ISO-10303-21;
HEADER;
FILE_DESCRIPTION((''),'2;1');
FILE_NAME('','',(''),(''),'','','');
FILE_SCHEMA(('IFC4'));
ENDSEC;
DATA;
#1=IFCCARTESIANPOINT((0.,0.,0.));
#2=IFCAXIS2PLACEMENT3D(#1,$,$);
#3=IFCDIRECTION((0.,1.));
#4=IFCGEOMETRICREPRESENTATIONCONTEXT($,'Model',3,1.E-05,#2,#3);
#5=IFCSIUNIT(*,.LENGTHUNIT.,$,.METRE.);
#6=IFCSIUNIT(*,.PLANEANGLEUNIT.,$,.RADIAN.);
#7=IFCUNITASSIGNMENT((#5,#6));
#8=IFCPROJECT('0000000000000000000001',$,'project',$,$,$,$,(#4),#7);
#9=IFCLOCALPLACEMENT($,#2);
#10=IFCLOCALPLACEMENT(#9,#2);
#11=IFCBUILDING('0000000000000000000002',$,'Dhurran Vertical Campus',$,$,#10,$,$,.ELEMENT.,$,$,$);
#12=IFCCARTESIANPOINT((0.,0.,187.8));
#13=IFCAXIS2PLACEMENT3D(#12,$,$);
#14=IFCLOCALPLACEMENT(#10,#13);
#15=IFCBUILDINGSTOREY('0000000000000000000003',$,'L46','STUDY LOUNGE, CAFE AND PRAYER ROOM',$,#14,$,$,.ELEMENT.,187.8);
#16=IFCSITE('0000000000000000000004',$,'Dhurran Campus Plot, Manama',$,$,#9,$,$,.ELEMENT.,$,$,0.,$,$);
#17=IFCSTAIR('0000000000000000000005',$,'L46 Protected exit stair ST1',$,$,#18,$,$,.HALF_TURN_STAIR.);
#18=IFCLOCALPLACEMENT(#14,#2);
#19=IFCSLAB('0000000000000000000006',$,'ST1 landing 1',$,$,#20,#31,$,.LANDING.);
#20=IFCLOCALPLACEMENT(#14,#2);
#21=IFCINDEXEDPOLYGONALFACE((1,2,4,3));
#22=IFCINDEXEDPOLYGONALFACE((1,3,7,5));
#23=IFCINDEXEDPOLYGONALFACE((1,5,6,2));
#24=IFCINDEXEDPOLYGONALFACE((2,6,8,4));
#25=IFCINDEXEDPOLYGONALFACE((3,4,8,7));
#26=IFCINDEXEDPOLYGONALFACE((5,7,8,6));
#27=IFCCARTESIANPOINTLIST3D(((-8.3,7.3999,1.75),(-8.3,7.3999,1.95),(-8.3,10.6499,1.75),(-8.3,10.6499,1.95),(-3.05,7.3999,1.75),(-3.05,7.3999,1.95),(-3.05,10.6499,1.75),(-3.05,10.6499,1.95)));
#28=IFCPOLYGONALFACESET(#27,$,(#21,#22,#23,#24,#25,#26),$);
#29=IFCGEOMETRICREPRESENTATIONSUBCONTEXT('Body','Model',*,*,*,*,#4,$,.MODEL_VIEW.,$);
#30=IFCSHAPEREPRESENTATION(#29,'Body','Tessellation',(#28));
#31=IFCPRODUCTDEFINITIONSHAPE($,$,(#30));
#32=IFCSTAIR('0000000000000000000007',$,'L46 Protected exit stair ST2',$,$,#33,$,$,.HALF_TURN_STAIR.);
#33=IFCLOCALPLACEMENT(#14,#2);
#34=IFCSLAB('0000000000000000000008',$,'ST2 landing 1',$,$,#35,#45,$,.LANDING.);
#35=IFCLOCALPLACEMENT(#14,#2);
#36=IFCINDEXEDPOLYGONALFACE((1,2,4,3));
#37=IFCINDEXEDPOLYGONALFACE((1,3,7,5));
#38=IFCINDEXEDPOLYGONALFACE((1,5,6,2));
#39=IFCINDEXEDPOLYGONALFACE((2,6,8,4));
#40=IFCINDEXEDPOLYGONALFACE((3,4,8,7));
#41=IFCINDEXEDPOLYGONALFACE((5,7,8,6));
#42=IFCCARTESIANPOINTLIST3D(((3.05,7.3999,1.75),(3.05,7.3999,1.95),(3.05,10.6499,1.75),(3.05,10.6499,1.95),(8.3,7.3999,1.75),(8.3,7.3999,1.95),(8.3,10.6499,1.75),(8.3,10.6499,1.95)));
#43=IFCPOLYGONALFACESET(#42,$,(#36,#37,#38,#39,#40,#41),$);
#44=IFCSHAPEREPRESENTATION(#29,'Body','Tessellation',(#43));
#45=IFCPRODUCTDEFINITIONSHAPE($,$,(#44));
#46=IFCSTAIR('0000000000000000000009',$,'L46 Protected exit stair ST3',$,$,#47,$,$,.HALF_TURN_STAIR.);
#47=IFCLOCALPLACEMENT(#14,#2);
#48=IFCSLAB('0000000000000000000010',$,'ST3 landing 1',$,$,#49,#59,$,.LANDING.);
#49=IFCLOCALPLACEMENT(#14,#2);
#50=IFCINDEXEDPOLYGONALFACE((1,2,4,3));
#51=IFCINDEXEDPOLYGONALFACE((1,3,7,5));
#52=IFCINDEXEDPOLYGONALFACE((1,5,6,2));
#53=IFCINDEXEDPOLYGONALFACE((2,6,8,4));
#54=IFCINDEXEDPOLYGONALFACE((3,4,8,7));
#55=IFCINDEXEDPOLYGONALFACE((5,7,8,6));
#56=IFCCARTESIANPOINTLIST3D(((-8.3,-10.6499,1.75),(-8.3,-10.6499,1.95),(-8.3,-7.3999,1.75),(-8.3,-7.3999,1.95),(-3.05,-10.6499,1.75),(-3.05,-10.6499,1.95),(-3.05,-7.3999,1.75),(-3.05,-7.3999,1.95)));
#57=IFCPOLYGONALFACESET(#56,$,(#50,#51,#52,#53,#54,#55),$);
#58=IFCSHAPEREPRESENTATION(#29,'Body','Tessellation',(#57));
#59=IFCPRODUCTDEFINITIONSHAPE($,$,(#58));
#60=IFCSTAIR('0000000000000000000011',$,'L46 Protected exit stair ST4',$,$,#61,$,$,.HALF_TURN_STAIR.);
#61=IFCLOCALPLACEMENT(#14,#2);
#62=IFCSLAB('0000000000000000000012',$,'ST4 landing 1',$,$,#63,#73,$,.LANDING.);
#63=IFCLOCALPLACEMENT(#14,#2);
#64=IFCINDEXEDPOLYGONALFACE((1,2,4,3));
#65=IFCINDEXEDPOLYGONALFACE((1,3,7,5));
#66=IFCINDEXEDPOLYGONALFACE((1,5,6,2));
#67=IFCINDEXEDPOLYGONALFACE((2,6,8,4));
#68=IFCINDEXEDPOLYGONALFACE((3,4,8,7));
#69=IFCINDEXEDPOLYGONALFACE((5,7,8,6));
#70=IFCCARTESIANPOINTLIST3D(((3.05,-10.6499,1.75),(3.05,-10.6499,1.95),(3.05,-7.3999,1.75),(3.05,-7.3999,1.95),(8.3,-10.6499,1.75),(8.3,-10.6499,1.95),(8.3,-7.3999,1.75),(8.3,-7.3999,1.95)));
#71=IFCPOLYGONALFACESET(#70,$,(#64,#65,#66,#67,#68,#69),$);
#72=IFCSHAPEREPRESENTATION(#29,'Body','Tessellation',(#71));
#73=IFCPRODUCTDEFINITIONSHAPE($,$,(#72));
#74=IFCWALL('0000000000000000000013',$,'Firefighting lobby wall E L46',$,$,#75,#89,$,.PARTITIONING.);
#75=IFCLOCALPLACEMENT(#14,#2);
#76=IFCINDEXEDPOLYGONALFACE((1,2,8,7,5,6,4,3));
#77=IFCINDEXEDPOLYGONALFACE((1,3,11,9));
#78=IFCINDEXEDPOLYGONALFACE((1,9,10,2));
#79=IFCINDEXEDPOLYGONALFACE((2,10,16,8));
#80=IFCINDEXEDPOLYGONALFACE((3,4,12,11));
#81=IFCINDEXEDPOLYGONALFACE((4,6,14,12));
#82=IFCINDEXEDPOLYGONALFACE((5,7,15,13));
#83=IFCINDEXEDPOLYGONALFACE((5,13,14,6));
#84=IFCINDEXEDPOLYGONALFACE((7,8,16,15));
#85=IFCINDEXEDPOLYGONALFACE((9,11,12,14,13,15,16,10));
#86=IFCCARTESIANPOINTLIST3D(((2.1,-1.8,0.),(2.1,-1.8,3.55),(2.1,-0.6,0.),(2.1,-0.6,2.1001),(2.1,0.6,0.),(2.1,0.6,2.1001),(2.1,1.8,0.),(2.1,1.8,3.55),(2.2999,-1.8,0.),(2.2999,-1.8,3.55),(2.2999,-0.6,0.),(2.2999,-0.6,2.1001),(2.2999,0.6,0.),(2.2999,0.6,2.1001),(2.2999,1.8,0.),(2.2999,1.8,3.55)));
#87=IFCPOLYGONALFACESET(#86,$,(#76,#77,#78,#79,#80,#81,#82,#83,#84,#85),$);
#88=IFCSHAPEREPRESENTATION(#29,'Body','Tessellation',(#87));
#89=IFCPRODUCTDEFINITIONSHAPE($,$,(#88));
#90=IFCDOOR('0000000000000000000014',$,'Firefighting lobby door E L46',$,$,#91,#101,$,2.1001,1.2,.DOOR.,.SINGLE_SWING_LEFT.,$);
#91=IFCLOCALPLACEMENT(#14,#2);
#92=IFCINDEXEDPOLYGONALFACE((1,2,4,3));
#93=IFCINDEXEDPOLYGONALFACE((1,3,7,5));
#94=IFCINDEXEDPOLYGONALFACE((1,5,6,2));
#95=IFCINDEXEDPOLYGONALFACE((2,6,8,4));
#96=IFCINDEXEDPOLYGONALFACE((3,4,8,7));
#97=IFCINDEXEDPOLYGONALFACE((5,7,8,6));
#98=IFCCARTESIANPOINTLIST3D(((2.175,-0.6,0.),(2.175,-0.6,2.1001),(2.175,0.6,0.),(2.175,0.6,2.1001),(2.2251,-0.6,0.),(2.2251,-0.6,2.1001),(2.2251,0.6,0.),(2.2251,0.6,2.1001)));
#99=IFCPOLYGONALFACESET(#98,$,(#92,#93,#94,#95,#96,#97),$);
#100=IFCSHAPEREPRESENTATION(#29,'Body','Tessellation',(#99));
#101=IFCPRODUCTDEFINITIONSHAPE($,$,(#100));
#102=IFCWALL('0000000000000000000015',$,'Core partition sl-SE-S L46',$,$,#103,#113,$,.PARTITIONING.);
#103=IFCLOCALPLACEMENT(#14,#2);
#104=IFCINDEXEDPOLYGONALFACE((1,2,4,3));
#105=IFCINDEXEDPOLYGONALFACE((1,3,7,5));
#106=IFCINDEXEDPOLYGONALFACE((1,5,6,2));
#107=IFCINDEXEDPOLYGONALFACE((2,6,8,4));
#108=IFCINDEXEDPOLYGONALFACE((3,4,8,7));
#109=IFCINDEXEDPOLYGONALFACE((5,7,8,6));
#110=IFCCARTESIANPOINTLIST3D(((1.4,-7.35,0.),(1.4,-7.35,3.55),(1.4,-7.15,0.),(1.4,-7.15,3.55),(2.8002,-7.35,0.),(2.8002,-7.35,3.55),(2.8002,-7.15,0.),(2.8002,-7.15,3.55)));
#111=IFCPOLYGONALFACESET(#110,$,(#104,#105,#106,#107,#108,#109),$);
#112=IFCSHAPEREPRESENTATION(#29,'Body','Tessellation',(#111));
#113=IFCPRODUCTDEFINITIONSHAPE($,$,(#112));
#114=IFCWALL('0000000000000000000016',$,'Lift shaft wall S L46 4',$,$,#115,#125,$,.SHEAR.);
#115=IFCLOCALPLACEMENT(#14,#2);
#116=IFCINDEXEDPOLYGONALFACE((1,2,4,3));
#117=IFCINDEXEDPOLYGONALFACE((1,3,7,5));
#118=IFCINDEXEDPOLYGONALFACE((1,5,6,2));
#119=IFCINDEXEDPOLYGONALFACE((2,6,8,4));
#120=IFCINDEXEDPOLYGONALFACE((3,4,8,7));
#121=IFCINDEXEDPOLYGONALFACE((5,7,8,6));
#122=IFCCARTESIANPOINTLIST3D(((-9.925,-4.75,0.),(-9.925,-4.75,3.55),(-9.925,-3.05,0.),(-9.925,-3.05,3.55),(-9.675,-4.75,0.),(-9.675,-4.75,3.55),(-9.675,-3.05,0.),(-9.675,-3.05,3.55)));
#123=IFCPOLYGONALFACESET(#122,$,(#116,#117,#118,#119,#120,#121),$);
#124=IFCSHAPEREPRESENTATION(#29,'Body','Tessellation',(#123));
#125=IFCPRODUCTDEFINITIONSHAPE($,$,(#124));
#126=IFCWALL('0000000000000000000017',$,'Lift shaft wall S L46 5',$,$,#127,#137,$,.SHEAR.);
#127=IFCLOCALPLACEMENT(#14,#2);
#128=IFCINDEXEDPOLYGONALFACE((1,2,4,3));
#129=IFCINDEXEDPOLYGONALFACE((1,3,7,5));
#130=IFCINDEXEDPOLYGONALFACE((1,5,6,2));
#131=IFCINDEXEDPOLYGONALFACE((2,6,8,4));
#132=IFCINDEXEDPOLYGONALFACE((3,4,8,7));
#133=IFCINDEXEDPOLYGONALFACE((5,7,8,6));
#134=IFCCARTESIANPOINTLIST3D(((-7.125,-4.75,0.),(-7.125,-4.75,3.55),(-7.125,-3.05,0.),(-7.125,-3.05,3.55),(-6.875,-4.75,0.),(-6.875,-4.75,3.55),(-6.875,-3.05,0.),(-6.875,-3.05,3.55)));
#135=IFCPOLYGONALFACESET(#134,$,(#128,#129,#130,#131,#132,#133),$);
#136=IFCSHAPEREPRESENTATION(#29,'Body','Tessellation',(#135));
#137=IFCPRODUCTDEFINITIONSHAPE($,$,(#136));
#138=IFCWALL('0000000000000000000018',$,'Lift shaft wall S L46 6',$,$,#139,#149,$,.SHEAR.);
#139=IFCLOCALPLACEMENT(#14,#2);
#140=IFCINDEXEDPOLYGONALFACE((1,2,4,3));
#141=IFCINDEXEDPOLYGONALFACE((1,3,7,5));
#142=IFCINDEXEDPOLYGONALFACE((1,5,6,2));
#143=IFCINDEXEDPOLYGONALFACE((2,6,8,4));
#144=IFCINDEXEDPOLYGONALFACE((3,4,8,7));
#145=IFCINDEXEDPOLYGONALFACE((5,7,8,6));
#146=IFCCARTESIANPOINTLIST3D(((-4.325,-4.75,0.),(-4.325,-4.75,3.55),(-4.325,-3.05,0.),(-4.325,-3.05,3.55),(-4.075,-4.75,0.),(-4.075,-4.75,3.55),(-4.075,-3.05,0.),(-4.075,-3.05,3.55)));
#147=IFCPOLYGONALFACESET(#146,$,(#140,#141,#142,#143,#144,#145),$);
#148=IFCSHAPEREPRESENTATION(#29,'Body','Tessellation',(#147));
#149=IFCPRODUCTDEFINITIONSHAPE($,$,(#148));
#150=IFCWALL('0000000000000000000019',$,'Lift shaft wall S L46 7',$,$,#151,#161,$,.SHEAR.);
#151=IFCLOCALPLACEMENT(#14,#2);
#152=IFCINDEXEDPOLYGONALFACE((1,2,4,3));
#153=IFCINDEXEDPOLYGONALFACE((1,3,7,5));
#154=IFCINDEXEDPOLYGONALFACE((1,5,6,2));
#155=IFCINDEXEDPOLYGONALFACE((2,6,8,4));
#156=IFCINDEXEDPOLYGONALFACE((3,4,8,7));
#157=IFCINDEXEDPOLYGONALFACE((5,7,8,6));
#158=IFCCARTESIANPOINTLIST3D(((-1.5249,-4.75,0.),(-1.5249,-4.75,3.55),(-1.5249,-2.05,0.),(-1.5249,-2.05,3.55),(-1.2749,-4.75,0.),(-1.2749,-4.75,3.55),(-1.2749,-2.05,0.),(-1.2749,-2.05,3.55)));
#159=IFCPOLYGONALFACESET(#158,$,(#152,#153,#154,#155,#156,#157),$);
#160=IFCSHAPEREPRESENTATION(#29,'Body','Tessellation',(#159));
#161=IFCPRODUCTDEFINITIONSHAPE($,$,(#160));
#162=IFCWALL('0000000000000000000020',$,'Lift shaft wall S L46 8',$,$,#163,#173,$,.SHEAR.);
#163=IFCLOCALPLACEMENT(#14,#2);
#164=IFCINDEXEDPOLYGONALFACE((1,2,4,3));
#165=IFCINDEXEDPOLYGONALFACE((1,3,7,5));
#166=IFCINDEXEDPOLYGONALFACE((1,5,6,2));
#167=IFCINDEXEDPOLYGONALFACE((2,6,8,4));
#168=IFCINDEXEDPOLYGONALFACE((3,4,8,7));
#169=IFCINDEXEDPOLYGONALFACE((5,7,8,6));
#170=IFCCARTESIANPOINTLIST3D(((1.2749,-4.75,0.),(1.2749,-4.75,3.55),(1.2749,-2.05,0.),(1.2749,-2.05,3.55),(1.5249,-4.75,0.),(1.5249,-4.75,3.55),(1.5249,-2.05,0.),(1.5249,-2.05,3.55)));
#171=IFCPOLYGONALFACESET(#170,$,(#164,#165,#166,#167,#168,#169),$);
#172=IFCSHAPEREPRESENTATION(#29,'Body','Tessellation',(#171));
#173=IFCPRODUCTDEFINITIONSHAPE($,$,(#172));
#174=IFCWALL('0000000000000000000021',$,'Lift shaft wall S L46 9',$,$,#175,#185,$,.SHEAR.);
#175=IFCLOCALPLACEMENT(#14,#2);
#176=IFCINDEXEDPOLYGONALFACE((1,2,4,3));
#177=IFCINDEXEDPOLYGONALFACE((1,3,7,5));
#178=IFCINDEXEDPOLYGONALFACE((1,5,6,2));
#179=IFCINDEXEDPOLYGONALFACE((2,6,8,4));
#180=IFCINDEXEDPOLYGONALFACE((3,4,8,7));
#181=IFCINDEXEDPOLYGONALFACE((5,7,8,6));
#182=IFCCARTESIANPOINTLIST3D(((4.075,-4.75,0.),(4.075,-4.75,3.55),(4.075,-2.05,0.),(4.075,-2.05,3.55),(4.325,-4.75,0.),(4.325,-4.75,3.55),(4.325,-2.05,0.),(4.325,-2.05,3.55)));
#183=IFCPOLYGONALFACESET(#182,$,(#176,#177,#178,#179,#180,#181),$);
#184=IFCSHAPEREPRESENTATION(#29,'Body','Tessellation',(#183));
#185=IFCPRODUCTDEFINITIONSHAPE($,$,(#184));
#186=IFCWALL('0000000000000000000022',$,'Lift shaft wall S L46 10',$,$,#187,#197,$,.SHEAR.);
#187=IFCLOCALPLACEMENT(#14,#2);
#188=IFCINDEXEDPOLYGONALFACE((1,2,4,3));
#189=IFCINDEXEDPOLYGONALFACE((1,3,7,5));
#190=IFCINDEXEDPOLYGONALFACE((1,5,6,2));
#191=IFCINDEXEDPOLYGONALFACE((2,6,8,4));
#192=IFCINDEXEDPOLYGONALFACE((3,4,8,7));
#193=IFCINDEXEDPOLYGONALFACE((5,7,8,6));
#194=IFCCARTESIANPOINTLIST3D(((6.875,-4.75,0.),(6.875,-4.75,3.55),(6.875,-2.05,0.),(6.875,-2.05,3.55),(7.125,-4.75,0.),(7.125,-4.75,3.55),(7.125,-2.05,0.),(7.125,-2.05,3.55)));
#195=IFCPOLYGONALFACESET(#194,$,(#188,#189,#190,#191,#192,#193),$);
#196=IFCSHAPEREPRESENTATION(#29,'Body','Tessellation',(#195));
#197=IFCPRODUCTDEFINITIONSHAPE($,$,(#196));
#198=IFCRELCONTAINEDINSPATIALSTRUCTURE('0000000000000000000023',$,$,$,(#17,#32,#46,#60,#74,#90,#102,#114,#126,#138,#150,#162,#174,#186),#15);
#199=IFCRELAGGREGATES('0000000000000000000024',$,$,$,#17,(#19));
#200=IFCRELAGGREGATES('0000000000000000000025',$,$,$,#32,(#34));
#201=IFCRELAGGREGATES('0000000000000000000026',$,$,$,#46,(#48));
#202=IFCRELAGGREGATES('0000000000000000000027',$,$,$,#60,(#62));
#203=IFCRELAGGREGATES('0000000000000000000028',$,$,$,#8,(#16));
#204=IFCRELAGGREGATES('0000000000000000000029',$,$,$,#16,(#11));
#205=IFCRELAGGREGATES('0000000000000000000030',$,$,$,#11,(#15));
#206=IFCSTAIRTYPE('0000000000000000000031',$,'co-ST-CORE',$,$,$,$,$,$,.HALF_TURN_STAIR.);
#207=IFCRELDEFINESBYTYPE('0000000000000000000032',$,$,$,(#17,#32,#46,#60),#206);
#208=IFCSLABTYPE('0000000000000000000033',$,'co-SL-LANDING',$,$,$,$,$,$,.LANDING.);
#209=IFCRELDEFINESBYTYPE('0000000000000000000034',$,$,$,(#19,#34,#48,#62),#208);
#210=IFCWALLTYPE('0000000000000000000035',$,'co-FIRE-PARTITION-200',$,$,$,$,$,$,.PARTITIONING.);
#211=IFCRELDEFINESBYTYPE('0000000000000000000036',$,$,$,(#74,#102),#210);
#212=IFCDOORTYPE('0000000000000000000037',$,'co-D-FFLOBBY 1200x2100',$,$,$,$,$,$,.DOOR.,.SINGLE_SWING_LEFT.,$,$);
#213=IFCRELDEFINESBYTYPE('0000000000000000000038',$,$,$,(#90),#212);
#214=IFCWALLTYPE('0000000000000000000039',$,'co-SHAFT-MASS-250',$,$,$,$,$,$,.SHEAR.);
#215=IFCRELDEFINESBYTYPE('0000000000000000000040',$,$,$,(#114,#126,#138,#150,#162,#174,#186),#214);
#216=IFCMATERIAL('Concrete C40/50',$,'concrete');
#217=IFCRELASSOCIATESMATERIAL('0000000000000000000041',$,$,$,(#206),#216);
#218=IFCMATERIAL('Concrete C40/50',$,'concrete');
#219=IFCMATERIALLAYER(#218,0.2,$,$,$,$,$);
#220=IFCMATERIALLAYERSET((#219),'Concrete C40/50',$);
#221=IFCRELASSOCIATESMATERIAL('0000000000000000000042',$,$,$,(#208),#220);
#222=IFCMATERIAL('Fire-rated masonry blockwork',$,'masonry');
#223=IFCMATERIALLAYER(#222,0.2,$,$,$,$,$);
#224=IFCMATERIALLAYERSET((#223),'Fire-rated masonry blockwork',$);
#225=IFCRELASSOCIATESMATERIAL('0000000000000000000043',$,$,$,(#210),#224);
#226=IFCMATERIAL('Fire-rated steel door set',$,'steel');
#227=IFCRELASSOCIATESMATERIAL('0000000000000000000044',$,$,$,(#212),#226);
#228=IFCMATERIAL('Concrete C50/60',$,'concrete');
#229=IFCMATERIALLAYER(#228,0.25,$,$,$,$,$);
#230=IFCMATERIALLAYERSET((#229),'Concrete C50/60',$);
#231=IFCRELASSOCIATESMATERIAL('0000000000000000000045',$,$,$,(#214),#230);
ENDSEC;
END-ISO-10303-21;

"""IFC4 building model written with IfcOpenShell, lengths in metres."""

from ifc_helpers import new_model, si_unit, direction, frame, frame_2d, origin, place, context, subcontext, project, spatial, polyline, rectangle, outline, extrude, material, layer, layer_set, type_object, element, fill, aggregate, save


model = new_model("IFC4")

# Units and contexts
model_context = context("Model", 3, precision=1e-05, world=origin(), true_north=direction((0.0, 1.0)))
body_context = subcontext(model_context, "Body", "Model", "MODEL_VIEW")
ifc_project = project(units=[si_unit("LENGTHUNIT", "METRE"), si_unit("PLANEANGLEUNIT", "RADIAN")], contexts=[model_context])

# Site, building, storey
site_placement = place(None, origin())
site = spatial("IfcSite", under=ifc_project, at=site_placement, Name="Dhurran Campus Plot, Manama", CompositionType="ELEMENT", RefElevation=0.0)
building_placement = place(site_placement, origin())
building = spatial("IfcBuilding", under=site, at=building_placement, Name="Dhurran Vertical Campus", CompositionType="ELEMENT")
storey_placement = place(building_placement, frame((0.0, 0.0, 187.8)))
storey = spatial("IfcBuildingStorey", under=building, at=storey_placement, Name="L46", Description="STUDY LOUNGE, CAFE AND PRAYER ROOM", CompositionType="ELEMENT", Elevation=187.8)

# Stairs, slabs
ifc_material_1 = material(Name="Concrete C40/50", Category="concrete")
stair_type = type_object("IfcStairType", Name="co-ST-CORE", PredefinedType="HALF_TURN_STAIR", material=ifc_material_1)
stair_1_placement = place(storey_placement, origin())
stair_1 = element("IfcStair", 1, at=stair_1_placement, inside=storey, type_object=stair_type, Name="L46 Protected exit stair ST1", PredefinedType="HALF_TURN_STAIR")
ifc_material_2 = material(Name="Concrete C40/50", Category="concrete")
ifc_layer_1 = layer(ifc_material_2, 0.2)
ifc_layer_set_1 = layer_set([ifc_layer_1], Name="Concrete C40/50")
slab_type = type_object("IfcSlabType", Name="co-SL-LANDING", PredefinedType="LANDING", material=ifc_layer_set_1)
slab_1_placement = place(storey_placement, frame((0.0, 0.0, 1.75)))
slab_1 = element("IfcSlab", 2, at=slab_1_placement, type_object=slab_type, Name="ST1 landing 1", PredefinedType="LANDING", context=body_context, shape_type="SweptSolid", body=[
    extrude(outline(polyline([(-8.3, 7.3999), (-3.05, 7.3999), (-3.05, 10.6499), (-8.3, 10.6499), (-8.3, 7.3999)])), origin(), (0.0, 0.0, 1.0), 0.2),
])
aggregate(stair_1, [slab_1])
stair_2_placement = place(storey_placement, origin())
stair_2 = element("IfcStair", 3, at=stair_2_placement, inside=storey, type_object=stair_type, Name="L46 Protected exit stair ST2", PredefinedType="HALF_TURN_STAIR")
slab_2_placement = place(storey_placement, frame((0.0, 0.0, 1.75)))
slab_2 = element("IfcSlab", 4, at=slab_2_placement, type_object=slab_type, Name="ST2 landing 1", PredefinedType="LANDING", context=body_context, shape_type="SweptSolid", body=[
    extrude(outline(polyline([(8.3, 10.6499), (3.05, 10.6499), (3.05, 7.3999), (8.3, 7.3999), (8.3, 10.6499)])), origin(), (0.0, 0.0, 1.0), 0.2),
])
aggregate(stair_2, [slab_2])
stair_3_placement = place(storey_placement, origin())
stair_3 = element("IfcStair", 5, at=stair_3_placement, inside=storey, type_object=stair_type, Name="L46 Protected exit stair ST3", PredefinedType="HALF_TURN_STAIR")
slab_3_placement = place(storey_placement, frame((0.0, 0.0, 1.75)))
slab_3 = element("IfcSlab", 6, at=slab_3_placement, type_object=slab_type, Name="ST3 landing 1", PredefinedType="LANDING", context=body_context, shape_type="SweptSolid", body=[
    extrude(outline(polyline([(-8.3, -10.6499), (-3.05, -10.6499), (-3.05, -7.3999), (-8.3, -7.3999), (-8.3, -10.6499)])), origin(), (0.0, 0.0, 1.0), 0.2),
])
aggregate(stair_3, [slab_3])
stair_4_placement = place(storey_placement, origin())
stair_4 = element("IfcStair", 7, at=stair_4_placement, inside=storey, type_object=stair_type, Name="L46 Protected exit stair ST4", PredefinedType="HALF_TURN_STAIR")
slab_4_placement = place(storey_placement, frame((0.0, 0.0, 1.75)))
slab_4 = element("IfcSlab", 8, at=slab_4_placement, type_object=slab_type, Name="ST4 landing 1", PredefinedType="LANDING", context=body_context, shape_type="SweptSolid", body=[
    extrude(outline(polyline([(8.3, -7.3999), (3.05, -7.3999), (3.05, -10.6499), (8.3, -10.6499), (8.3, -7.3999)])), origin(), (0.0, 0.0, 1.0), 0.2),
])
aggregate(stair_4, [slab_4])

# Wall, opening, door
ifc_material_3 = material(Name="Fire-rated masonry blockwork", Category="masonry")
ifc_layer_2 = layer(ifc_material_3, 0.2)
ifc_layer_set_2 = layer_set([ifc_layer_2], Name="Fire-rated masonry blockwork")
wall_type_1 = type_object("IfcWallType", Name="co-FIRE-PARTITION-200", PredefinedType="PARTITIONING", material=ifc_layer_set_2)
wall_1_placement = place(storey_placement, frame((2.2, -1.8, 0.0), z_axis=(0.0, 0.0, 1.0), x_axis=(0.0, 1.0, 0.0)))
wall_1 = element("IfcWall", 9, at=wall_1_placement, inside=storey, type_object=wall_type_1, Name="Firefighting lobby wall E L46", PredefinedType="PARTITIONING", context=body_context, shape_type="SweptSolid", body=[
    extrude(rectangle(XDim=3.6001, YDim=0.2, at=frame_2d((1.8, 0.0))), origin(), (0.0, 0.0, 1.0), 3.55),
])
opening_placement = place(wall_1_placement, frame((1.2, 0.0, 0.0)))
opening = element("IfcOpeningElement", 10, at=opening_placement, cuts=wall_1, PredefinedType="OPENING", context=body_context, shape_type="SweptSolid", body=[
    extrude(rectangle(XDim=1.2, YDim=2.1001, at=frame_2d((0.6001, 1.05))), frame((0.0, 0.1099, 0.0), z_axis=(0.0, -1.0, 0.0), x_axis=(1.0, 0.0, 0.0)), (0.0, 0.0, 1.0), 0.22),
])
ifc_material_4 = material(Name="Fire-rated steel door set", Category="steel")
door_type = type_object("IfcDoorType", Name="co-D-FFLOBBY 1200x2100", OperationType="SINGLE_SWING_LEFT", PredefinedType="DOOR", material=ifc_material_4)
door_placement = place(opening_placement, origin())
door = element("IfcDoor", 11, at=door_placement, inside=storey, type_object=door_type, Name="Firefighting lobby door E L46", OperationType="SINGLE_SWING_LEFT", OverallHeight=2.1001, OverallWidth=1.2, PredefinedType="DOOR", context=body_context, shape_type="SweptSolid", body=[
    extrude(rectangle(XDim=1.2, YDim=2.1001, at=frame_2d((0.6001, 1.05))), frame((0.0, 0.0249, 0.0), z_axis=(0.0, -1.0, 0.0), x_axis=(1.0, 0.0, 0.0)), (0.0, 0.0, 1.0), 0.05),
])
fill(opening, door)

# Walls
wall_2_placement = place(storey_placement, frame((1.3999, -7.25, 0.0), z_axis=(0.0, 0.0, 1.0), x_axis=(1.0, 0.0, 0.0)))
element("IfcWall", 12, at=wall_2_placement, inside=storey, type_object=wall_type_1, Name="Core partition sl-SE-S L46", PredefinedType="PARTITIONING", context=body_context, shape_type="SweptSolid", body=[
    extrude(rectangle(XDim=1.4001, YDim=0.2, at=frame_2d((0.7002, 0.0))), origin(), (0.0, 0.0, 1.0), 3.55),
])
ifc_material_5 = material(Name="Concrete C50/60", Category="concrete")
ifc_layer_3 = layer(ifc_material_5, 0.25)
ifc_layer_set_3 = layer_set([ifc_layer_3], Name="Concrete C50/60")
wall_type_2 = type_object("IfcWallType", Name="co-SHAFT-MASS-250", PredefinedType="SHEAR", material=ifc_layer_set_3)
wall_3_placement = place(storey_placement, origin())
element("IfcWall", 13, at=wall_3_placement, inside=storey, type_object=wall_type_2, Name="Lift shaft wall S L46 4", PredefinedType="SHEAR", context=body_context, shape_type="SweptSolid", body=[
    extrude(outline(polyline([(-9.925, -4.75), (-9.675, -4.75), (-9.675, -3.05), (-9.925, -3.05), (-9.925, -4.75)])), origin(), (0.0, 0.0, 1.0), 3.55),
])
wall_4_placement = place(storey_placement, origin())
element("IfcWall", 14, at=wall_4_placement, inside=storey, type_object=wall_type_2, Name="Lift shaft wall S L46 5", PredefinedType="SHEAR", context=body_context, shape_type="SweptSolid", body=[
    extrude(outline(polyline([(-7.125, -4.75), (-6.875, -4.75), (-6.875, -3.05), (-7.125, -3.05), (-7.125, -4.75)])), origin(), (0.0, 0.0, 1.0), 3.55),
])
wall_5_placement = place(storey_placement, origin())
element("IfcWall", 15, at=wall_5_placement, inside=storey, type_object=wall_type_2, Name="Lift shaft wall S L46 6", PredefinedType="SHEAR", context=body_context, shape_type="SweptSolid", body=[
    extrude(outline(polyline([(-4.325, -4.75), (-4.075, -4.75), (-4.075, -3.05), (-4.325, -3.05), (-4.325, -4.75)])), origin(), (0.0, 0.0, 1.0), 3.55),
])
wall_6_placement = place(storey_placement, origin())
element("IfcWall", 16, at=wall_6_placement, inside=storey, type_object=wall_type_2, Name="Lift shaft wall S L46 7", PredefinedType="SHEAR", context=body_context, shape_type="SweptSolid", body=[
    extrude(outline(polyline([(-1.5249, -4.75), (-1.2749, -4.75), (-1.2749, -2.05), (-1.5249, -2.05), (-1.5249, -4.75)])), origin(), (0.0, 0.0, 1.0), 3.55),
])
wall_7_placement = place(storey_placement, origin())
element("IfcWall", 17, at=wall_7_placement, inside=storey, type_object=wall_type_2, Name="Lift shaft wall S L46 8", PredefinedType="SHEAR", context=body_context, shape_type="SweptSolid", body=[
    extrude(outline(polyline([(1.2749, -4.75), (1.5249, -4.75), (1.5249, -2.05), (1.2749, -2.05), (1.2749, -4.75)])), origin(), (0.0, 0.0, 1.0), 3.55),
])
wall_8_placement = place(storey_placement, origin())
element("IfcWall", 18, at=wall_8_placement, inside=storey, type_object=wall_type_2, Name="Lift shaft wall S L46 9", PredefinedType="SHEAR", context=body_context, shape_type="SweptSolid", body=[
    extrude(outline(polyline([(4.075, -4.75), (4.325, -4.75), (4.325, -2.05), (4.075, -2.05), (4.075, -4.75)])), origin(), (0.0, 0.0, 1.0), 3.55),
])
wall_9_placement = place(storey_placement, origin())
element("IfcWall", 19, at=wall_9_placement, inside=storey, type_object=wall_type_2, Name="Lift shaft wall S L46 10", PredefinedType="SHEAR", context=body_context, shape_type="SweptSolid", body=[
    extrude(outline(polyline([(6.875, -4.75), (7.125, -4.75), (7.125, -2.05), (6.875, -2.05), (6.875, -4.75)])), origin(), (0.0, 0.0, 1.0), 3.55),
])

save(model, "model.ifc")
